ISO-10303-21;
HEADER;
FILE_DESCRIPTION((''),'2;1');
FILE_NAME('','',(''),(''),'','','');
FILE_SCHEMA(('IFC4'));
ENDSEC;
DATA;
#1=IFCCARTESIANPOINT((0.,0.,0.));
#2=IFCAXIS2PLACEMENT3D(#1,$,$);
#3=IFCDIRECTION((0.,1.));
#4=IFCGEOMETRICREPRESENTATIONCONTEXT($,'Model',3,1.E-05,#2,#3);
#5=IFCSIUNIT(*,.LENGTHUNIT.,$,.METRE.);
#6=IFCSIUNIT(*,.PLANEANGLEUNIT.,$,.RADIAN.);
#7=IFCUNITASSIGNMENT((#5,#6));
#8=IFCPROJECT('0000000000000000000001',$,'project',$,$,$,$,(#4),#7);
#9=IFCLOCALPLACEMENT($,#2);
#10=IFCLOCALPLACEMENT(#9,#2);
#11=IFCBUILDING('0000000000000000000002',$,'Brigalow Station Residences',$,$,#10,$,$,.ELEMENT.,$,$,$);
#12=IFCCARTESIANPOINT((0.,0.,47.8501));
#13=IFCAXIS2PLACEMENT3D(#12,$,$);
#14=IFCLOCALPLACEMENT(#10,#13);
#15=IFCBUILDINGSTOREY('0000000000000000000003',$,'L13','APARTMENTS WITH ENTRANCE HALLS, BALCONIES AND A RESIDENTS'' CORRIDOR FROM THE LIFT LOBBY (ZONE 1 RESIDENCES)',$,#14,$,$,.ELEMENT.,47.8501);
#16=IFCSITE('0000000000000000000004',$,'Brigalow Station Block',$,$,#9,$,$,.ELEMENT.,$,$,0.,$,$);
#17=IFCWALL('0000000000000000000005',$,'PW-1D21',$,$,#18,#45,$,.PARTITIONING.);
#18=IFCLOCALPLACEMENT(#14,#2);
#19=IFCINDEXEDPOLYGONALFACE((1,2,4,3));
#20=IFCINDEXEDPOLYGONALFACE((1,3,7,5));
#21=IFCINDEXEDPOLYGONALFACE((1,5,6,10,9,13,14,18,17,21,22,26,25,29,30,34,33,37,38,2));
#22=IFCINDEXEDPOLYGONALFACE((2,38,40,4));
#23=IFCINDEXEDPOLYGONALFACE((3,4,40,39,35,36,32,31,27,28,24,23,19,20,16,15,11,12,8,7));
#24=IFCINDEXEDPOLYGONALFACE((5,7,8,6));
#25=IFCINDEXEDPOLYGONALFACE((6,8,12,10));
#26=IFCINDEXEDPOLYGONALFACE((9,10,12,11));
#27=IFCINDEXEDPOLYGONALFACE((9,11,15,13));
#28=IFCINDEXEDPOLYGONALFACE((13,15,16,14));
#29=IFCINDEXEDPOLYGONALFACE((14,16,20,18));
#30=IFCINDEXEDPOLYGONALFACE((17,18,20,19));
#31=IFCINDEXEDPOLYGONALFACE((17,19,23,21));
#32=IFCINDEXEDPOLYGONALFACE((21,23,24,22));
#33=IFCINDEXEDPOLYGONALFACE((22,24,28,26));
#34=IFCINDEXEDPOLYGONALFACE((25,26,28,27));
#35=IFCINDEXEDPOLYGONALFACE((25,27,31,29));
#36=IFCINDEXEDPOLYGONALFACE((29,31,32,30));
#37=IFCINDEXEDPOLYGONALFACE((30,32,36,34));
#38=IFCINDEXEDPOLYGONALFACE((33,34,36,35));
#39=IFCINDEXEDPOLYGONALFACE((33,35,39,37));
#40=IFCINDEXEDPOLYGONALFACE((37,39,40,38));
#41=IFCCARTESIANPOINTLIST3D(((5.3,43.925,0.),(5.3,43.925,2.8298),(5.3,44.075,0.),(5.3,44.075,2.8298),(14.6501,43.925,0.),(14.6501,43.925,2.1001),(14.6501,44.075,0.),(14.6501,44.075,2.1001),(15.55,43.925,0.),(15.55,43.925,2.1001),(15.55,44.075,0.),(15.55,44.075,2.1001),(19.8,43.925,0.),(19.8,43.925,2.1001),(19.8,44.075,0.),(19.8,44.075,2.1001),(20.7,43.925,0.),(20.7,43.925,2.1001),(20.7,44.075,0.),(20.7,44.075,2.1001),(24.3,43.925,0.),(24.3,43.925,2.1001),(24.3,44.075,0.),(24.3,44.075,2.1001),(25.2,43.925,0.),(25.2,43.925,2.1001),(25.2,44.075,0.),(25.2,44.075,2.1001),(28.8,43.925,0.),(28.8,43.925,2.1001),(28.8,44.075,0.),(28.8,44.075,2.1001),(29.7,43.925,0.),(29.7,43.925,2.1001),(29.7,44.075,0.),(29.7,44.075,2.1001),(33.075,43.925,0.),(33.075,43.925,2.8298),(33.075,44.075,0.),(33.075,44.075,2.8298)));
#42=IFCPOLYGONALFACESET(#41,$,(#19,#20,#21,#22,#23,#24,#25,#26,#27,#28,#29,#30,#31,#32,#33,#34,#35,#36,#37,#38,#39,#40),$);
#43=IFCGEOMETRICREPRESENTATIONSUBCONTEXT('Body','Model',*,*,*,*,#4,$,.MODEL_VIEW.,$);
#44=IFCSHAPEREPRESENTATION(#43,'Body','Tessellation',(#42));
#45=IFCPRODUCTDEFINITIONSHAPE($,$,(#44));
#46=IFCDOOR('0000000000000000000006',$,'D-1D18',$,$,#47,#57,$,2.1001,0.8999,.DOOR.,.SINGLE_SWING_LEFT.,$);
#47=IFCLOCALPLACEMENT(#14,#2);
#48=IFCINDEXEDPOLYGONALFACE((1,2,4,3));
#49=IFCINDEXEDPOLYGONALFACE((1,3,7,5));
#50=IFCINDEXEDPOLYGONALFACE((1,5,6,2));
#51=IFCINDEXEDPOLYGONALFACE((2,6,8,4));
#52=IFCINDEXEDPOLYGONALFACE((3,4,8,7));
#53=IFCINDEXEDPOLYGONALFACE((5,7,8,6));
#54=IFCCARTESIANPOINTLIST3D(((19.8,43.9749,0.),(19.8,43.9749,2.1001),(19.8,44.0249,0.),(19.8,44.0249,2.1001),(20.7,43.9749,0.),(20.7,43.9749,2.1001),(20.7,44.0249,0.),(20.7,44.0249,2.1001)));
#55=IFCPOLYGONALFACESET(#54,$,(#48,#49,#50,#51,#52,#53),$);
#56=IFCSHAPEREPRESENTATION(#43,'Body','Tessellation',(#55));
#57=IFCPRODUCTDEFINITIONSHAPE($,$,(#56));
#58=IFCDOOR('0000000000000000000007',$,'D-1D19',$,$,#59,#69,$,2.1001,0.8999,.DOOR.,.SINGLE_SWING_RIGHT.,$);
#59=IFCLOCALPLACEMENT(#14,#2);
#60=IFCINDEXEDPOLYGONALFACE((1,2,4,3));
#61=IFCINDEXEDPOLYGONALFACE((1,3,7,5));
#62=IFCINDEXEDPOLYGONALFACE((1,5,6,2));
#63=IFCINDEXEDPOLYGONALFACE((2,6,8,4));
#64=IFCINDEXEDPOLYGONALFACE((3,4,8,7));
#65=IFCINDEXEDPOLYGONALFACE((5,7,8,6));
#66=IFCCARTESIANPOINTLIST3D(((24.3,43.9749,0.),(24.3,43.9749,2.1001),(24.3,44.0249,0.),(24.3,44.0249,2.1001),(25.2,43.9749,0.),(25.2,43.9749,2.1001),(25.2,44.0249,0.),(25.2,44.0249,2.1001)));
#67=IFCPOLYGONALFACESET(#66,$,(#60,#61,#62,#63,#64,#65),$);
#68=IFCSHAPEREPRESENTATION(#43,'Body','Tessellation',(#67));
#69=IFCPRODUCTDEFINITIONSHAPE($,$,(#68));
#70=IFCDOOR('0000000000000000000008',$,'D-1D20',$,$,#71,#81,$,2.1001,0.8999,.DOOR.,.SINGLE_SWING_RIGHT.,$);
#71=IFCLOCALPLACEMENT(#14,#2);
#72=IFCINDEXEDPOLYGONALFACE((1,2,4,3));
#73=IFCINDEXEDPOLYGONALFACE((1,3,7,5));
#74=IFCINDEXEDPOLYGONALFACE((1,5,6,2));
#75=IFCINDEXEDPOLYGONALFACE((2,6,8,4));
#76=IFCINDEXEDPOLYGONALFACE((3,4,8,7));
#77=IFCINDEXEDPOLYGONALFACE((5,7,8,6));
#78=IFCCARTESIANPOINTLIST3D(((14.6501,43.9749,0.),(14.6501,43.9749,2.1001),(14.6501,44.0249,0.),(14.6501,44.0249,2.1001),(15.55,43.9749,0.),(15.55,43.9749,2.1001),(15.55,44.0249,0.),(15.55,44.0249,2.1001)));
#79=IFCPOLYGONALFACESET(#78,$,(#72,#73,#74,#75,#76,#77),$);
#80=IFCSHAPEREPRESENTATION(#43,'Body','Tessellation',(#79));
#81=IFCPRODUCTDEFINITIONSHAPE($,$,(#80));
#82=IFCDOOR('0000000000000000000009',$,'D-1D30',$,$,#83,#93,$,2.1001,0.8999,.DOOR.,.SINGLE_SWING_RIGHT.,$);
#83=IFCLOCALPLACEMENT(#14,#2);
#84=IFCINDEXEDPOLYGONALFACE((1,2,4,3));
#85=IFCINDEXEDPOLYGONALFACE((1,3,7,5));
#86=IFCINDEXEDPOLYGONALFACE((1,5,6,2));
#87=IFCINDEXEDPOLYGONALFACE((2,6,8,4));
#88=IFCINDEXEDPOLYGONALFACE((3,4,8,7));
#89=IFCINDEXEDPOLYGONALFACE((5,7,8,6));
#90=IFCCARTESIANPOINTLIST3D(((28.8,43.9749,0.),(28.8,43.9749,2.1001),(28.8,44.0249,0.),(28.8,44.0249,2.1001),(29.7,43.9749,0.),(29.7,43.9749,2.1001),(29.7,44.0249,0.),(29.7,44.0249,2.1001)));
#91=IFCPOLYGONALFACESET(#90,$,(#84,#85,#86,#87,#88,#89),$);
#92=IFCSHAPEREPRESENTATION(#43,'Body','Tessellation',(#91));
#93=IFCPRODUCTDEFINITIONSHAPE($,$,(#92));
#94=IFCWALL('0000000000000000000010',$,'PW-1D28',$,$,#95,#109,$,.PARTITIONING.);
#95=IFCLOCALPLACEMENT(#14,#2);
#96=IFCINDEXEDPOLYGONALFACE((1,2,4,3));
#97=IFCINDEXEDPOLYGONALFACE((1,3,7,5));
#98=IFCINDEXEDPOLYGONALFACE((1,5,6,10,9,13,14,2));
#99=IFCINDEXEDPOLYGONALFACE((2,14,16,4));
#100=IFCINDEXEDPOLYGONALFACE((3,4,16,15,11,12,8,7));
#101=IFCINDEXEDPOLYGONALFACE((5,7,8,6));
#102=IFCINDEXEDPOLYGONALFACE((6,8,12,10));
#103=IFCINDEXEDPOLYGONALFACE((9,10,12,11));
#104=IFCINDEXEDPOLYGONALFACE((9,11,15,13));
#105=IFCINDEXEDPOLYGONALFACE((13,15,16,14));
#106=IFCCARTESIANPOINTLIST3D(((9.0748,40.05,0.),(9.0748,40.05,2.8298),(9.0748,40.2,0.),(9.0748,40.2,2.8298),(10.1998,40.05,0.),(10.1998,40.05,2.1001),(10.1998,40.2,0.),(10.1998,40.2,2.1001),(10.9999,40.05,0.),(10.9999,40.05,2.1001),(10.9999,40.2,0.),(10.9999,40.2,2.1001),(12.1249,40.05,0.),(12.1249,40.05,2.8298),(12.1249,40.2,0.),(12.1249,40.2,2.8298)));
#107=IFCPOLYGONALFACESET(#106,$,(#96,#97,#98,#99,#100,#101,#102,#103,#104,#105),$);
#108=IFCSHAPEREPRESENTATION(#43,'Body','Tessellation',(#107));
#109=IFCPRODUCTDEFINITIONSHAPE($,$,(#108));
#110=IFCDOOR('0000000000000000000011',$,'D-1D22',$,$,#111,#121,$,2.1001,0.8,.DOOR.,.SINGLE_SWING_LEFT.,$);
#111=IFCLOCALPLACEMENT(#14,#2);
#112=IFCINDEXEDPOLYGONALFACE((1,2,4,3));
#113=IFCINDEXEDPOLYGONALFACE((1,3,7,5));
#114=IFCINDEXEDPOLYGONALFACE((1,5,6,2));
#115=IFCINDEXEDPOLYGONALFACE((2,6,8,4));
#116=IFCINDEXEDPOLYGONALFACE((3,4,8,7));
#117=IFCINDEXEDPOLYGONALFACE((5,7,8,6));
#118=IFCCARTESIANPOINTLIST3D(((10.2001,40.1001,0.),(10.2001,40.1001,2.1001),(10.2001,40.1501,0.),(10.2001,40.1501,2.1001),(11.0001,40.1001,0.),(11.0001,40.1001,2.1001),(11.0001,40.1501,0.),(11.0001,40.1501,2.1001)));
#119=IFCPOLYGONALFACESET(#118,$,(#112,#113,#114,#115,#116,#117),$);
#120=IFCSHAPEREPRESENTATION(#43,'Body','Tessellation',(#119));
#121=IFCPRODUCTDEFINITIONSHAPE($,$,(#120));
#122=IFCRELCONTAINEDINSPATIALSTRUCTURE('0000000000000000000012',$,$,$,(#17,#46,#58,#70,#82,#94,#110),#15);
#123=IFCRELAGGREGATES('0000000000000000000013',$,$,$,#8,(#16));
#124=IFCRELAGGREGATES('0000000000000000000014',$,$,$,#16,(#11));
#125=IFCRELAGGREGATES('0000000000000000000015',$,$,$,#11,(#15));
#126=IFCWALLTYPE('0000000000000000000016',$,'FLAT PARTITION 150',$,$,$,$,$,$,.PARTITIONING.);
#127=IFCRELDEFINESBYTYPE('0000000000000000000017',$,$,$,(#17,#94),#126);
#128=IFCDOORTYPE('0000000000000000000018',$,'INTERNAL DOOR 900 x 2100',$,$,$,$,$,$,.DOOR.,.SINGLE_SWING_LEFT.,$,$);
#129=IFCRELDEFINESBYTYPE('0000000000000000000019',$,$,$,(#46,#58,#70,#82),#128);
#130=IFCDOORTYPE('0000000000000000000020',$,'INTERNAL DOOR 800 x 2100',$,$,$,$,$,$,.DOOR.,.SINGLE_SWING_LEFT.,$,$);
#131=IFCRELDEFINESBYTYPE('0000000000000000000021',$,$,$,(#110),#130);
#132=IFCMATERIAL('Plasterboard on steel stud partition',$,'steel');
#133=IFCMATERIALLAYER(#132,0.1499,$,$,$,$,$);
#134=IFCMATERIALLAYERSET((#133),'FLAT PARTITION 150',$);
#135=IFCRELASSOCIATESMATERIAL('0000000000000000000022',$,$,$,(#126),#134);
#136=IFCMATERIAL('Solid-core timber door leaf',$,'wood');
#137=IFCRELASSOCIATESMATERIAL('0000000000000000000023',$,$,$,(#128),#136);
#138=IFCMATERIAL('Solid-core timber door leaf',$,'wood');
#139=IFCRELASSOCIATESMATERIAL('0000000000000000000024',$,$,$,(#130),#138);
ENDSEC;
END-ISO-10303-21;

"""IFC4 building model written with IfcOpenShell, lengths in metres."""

from ifc_helpers import new_model, si_unit, direction, frame, frame_2d, origin, place, context, subcontext, project, spatial, rectangle, extrude, material, layer, layer_set, type_object, element, fill, save


model = new_model("IFC4")

# Units and contexts
model_context = context("Model", 3, precision=1e-05, world=origin(), true_north=direction((0.0, 1.0)))
body_context = subcontext(model_context, "Body", "Model", "MODEL_VIEW")
ifc_project = project(units=[si_unit("LENGTHUNIT", "METRE"), si_unit("PLANEANGLEUNIT", "RADIAN")], contexts=[model_context])

# Site, building, storey
site_placement = place(None, origin())
site = spatial("IfcSite", under=ifc_project, at=site_placement, Name="Brigalow Station Block", CompositionType="ELEMENT", RefElevation=0.0)
building_placement = place(site_placement, origin())
building = spatial("IfcBuilding", under=site, at=building_placement, Name="Brigalow Station Residences", CompositionType="ELEMENT")
storey_placement = place(building_placement, frame((0.0, 0.0, 47.8501)))
storey = spatial("IfcBuildingStorey", under=building, at=storey_placement, Name="L13", Description="APARTMENTS WITH ENTRANCE HALLS, BALCONIES AND A RESIDENTS' CORRIDOR FROM THE LIFT LOBBY (ZONE 1 RESIDENCES)", CompositionType="ELEMENT", Elevation=47.8501)

# Wall, openings, doors
ifc_material_1 = material(Name="Plasterboard on steel stud partition", Category="steel")
ifc_layer_1 = layer(ifc_material_1, 0.1499)
ifc_layer_set_1 = layer_set([ifc_layer_1], Name="FLAT PARTITION 150")
wall_type_1 = type_object("IfcWallType", Name="FLAT PARTITION 150", PredefinedType="PARTITIONING", material=ifc_layer_set_1)
wall_1_placement = place(storey_placement, frame((5.3, 44.0, 0.0), z_axis=(0.0, 0.0, 1.0), x_axis=(1.0, 0.0, 0.0)))
wall_1 = element("IfcWall", 1, at=wall_1_placement, inside=storey, type_object=wall_type_1, Name="PW-1D21", PredefinedType="PARTITIONING", context=body_context, shape_type="SweptSolid", body=[
    extrude(rectangle(XDim=27.7749, YDim=0.1499, at=frame_2d((13.8875, 0.0))), origin(), (0.0, 0.0, 1.0), 2.8298),
])
opening_1_placement = place(wall_1_placement, frame((14.5, 0.0, 0.0)))
opening_1 = element("IfcOpeningElement", 2, at=opening_1_placement, cuts=wall_1, PredefinedType="OPENING", context=body_context, shape_type="SweptSolid", body=[
    extrude(rectangle(XDim=0.8999, YDim=2.1001, at=frame_2d((0.45, 1.05))), frame((0.0, 0.085, 0.0), z_axis=(0.0, -1.0, 0.0), x_axis=(1.0, 0.0, 0.0)), (0.0, 0.0, 1.0), 0.1699),
])
opening_2_placement = place(wall_1_placement, frame((19.0, 0.0, 0.0)))
opening_2 = element("IfcOpeningElement", 3, at=opening_2_placement, cuts=wall_1, PredefinedType="OPENING", context=body_context, shape_type="SweptSolid", body=[
    extrude(rectangle(XDim=0.8999, YDim=2.1001, at=frame_2d((0.45, 1.05))), frame((0.0, 0.085, 0.0), z_axis=(0.0, -1.0, 0.0), x_axis=(1.0, 0.0, 0.0)), (0.0, 0.0, 1.0), 0.1699),
])
opening_3_placement = place(wall_1_placement, frame((9.3501, 0.0, 0.0)))
opening_3 = element("IfcOpeningElement", 4, at=opening_3_placement, cuts=wall_1, PredefinedType="OPENING", context=body_context, shape_type="SweptSolid", body=[
    extrude(rectangle(XDim=0.8999, YDim=2.1001, at=frame_2d((0.45, 1.05))), frame((0.0, 0.085, 0.0), z_axis=(0.0, -1.0, 0.0), x_axis=(1.0, 0.0, 0.0)), (0.0, 0.0, 1.0), 0.1699),
])
opening_4_placement = place(wall_1_placement, frame((23.5, 0.0, 0.0)))
opening_4 = element("IfcOpeningElement", 5, at=opening_4_placement, cuts=wall_1, PredefinedType="OPENING", context=body_context, shape_type="SweptSolid", body=[
    extrude(rectangle(XDim=0.8999, YDim=2.1001, at=frame_2d((0.45, 1.05))), frame((0.0, 0.085, 0.0), z_axis=(0.0, -1.0, 0.0), x_axis=(1.0, 0.0, 0.0)), (0.0, 0.0, 1.0), 0.1699),
])
ifc_material_2 = material(Name="Solid-core timber door leaf", Category="wood")
door_type_1 = type_object("IfcDoorType", Name="INTERNAL DOOR 900 x 2100", OperationType="SINGLE_SWING_LEFT", PredefinedType="DOOR", material=ifc_material_2)
door_1_placement = place(opening_1_placement, origin())
door_1 = element("IfcDoor", 6, at=door_1_placement, inside=storey, type_object=door_type_1, Name="D-1D18", OperationType="SINGLE_SWING_LEFT", OverallHeight=2.1001, OverallWidth=0.8999, PredefinedType="DOOR", context=body_context, shape_type="SweptSolid", body=[
    extrude(rectangle(XDim=0.8999, YDim=2.1001, at=frame_2d((0.45, 1.05))), frame((0.0, 0.0249, 0.0), z_axis=(0.0, -1.0, 0.0), x_axis=(1.0, 0.0, 0.0)), (0.0, 0.0, 1.0), 0.05),
])
fill(opening_1, door_1)
door_2_placement = place(opening_2_placement, origin())
door_2 = element("IfcDoor", 7, at=door_2_placement, inside=storey, type_object=door_type_1, Name="D-1D19", OperationType="SINGLE_SWING_RIGHT", OverallHeight=2.1001, OverallWidth=0.8999, PredefinedType="DOOR", context=body_context, shape_type="SweptSolid", body=[
    extrude(rectangle(XDim=0.8999, YDim=2.1001, at=frame_2d((0.45, 1.05))), frame((0.0, 0.0249, 0.0), z_axis=(0.0, -1.0, 0.0), x_axis=(1.0, 0.0, 0.0)), (0.0, 0.0, 1.0), 0.05),
])
fill(opening_2, door_2)
door_3_placement = place(opening_3_placement, origin())
door_3 = element("IfcDoor", 8, at=door_3_placement, inside=storey, type_object=door_type_1, Name="D-1D20", OperationType="SINGLE_SWING_RIGHT", OverallHeight=2.1001, OverallWidth=0.8999, PredefinedType="DOOR", context=body_context, shape_type="SweptSolid", body=[
    extrude(rectangle(XDim=0.8999, YDim=2.1001, at=frame_2d((0.45, 1.05))), frame((0.0, 0.0249, 0.0), z_axis=(0.0, -1.0, 0.0), x_axis=(1.0, 0.0, 0.0)), (0.0, 0.0, 1.0), 0.05),
])
fill(opening_3, door_3)
door_4_placement = place(opening_4_placement, origin())
door_4 = element("IfcDoor", 9, at=door_4_placement, inside=storey, type_object=door_type_1, Name="D-1D30", OperationType="SINGLE_SWING_RIGHT", OverallHeight=2.1001, OverallWidth=0.8999, PredefinedType="DOOR", context=body_context, shape_type="SweptSolid", body=[
    extrude(rectangle(XDim=0.8999, YDim=2.1001, at=frame_2d((0.45, 1.05))), frame((0.0, 0.0249, 0.0), z_axis=(0.0, -1.0, 0.0), x_axis=(1.0, 0.0, 0.0)), (0.0, 0.0, 1.0), 0.05),
])
fill(opening_4, door_4)

# Wall, opening, door
wall_2_placement = place(storey_placement, frame((9.075, 40.125, 0.0), z_axis=(0.0, 0.0, 1.0), x_axis=(1.0, 0.0, 0.0)))
wall_2 = element("IfcWall", 10, at=wall_2_placement, inside=storey, type_object=wall_type_1, Name="PW-1D28", PredefinedType="PARTITIONING", context=body_context, shape_type="SweptSolid", body=[
    extrude(rectangle(XDim=3.05, YDim=0.1499, at=frame_2d((1.5249, 0.0))), origin(), (0.0, 0.0, 1.0), 2.8298),
])
opening_5_placement = place(wall_2_placement, frame((1.125, 0.0, 0.0)))
opening_5 = element("IfcOpeningElement", 11, at=opening_5_placement, cuts=wall_2, PredefinedType="OPENING", context=body_context, shape_type="SweptSolid", body=[
    extrude(rectangle(XDim=0.8, YDim=2.1001, at=frame_2d((0.3999, 1.05))), frame((0.0, 0.085, 0.0), z_axis=(0.0, -1.0, 0.0), x_axis=(1.0, 0.0, 0.0)), (0.0, 0.0, 1.0), 0.1699),
])
ifc_material_3 = material(Name="Solid-core timber door leaf", Category="wood")
door_type_2 = type_object("IfcDoorType", Name="INTERNAL DOOR 800 x 2100", OperationType="SINGLE_SWING_LEFT", PredefinedType="DOOR", material=ifc_material_3)
door_5_placement = place(opening_5_placement, frame((0.8, 0.0, 0.0), z_axis=(0.0, 0.0, 1.0), x_axis=(-1.0, 0.0, 0.0)))
door_5 = element("IfcDoor", 12, at=door_5_placement, inside=storey, type_object=door_type_2, Name="D-1D22", OperationType="SINGLE_SWING_LEFT", OverallHeight=2.1001, OverallWidth=0.8, PredefinedType="DOOR", context=body_context, shape_type="SweptSolid", body=[
    extrude(rectangle(XDim=0.8, YDim=2.1001, at=frame_2d((0.3999, 1.05))), frame((0.0, 0.0249, 0.0), z_axis=(0.0, -1.0, 0.0), x_axis=(1.0, 0.0, 0.0)), (0.0, 0.0, 1.0), 0.05),
])
fill(opening_5, door_5)

save(model, "model.ifc")
